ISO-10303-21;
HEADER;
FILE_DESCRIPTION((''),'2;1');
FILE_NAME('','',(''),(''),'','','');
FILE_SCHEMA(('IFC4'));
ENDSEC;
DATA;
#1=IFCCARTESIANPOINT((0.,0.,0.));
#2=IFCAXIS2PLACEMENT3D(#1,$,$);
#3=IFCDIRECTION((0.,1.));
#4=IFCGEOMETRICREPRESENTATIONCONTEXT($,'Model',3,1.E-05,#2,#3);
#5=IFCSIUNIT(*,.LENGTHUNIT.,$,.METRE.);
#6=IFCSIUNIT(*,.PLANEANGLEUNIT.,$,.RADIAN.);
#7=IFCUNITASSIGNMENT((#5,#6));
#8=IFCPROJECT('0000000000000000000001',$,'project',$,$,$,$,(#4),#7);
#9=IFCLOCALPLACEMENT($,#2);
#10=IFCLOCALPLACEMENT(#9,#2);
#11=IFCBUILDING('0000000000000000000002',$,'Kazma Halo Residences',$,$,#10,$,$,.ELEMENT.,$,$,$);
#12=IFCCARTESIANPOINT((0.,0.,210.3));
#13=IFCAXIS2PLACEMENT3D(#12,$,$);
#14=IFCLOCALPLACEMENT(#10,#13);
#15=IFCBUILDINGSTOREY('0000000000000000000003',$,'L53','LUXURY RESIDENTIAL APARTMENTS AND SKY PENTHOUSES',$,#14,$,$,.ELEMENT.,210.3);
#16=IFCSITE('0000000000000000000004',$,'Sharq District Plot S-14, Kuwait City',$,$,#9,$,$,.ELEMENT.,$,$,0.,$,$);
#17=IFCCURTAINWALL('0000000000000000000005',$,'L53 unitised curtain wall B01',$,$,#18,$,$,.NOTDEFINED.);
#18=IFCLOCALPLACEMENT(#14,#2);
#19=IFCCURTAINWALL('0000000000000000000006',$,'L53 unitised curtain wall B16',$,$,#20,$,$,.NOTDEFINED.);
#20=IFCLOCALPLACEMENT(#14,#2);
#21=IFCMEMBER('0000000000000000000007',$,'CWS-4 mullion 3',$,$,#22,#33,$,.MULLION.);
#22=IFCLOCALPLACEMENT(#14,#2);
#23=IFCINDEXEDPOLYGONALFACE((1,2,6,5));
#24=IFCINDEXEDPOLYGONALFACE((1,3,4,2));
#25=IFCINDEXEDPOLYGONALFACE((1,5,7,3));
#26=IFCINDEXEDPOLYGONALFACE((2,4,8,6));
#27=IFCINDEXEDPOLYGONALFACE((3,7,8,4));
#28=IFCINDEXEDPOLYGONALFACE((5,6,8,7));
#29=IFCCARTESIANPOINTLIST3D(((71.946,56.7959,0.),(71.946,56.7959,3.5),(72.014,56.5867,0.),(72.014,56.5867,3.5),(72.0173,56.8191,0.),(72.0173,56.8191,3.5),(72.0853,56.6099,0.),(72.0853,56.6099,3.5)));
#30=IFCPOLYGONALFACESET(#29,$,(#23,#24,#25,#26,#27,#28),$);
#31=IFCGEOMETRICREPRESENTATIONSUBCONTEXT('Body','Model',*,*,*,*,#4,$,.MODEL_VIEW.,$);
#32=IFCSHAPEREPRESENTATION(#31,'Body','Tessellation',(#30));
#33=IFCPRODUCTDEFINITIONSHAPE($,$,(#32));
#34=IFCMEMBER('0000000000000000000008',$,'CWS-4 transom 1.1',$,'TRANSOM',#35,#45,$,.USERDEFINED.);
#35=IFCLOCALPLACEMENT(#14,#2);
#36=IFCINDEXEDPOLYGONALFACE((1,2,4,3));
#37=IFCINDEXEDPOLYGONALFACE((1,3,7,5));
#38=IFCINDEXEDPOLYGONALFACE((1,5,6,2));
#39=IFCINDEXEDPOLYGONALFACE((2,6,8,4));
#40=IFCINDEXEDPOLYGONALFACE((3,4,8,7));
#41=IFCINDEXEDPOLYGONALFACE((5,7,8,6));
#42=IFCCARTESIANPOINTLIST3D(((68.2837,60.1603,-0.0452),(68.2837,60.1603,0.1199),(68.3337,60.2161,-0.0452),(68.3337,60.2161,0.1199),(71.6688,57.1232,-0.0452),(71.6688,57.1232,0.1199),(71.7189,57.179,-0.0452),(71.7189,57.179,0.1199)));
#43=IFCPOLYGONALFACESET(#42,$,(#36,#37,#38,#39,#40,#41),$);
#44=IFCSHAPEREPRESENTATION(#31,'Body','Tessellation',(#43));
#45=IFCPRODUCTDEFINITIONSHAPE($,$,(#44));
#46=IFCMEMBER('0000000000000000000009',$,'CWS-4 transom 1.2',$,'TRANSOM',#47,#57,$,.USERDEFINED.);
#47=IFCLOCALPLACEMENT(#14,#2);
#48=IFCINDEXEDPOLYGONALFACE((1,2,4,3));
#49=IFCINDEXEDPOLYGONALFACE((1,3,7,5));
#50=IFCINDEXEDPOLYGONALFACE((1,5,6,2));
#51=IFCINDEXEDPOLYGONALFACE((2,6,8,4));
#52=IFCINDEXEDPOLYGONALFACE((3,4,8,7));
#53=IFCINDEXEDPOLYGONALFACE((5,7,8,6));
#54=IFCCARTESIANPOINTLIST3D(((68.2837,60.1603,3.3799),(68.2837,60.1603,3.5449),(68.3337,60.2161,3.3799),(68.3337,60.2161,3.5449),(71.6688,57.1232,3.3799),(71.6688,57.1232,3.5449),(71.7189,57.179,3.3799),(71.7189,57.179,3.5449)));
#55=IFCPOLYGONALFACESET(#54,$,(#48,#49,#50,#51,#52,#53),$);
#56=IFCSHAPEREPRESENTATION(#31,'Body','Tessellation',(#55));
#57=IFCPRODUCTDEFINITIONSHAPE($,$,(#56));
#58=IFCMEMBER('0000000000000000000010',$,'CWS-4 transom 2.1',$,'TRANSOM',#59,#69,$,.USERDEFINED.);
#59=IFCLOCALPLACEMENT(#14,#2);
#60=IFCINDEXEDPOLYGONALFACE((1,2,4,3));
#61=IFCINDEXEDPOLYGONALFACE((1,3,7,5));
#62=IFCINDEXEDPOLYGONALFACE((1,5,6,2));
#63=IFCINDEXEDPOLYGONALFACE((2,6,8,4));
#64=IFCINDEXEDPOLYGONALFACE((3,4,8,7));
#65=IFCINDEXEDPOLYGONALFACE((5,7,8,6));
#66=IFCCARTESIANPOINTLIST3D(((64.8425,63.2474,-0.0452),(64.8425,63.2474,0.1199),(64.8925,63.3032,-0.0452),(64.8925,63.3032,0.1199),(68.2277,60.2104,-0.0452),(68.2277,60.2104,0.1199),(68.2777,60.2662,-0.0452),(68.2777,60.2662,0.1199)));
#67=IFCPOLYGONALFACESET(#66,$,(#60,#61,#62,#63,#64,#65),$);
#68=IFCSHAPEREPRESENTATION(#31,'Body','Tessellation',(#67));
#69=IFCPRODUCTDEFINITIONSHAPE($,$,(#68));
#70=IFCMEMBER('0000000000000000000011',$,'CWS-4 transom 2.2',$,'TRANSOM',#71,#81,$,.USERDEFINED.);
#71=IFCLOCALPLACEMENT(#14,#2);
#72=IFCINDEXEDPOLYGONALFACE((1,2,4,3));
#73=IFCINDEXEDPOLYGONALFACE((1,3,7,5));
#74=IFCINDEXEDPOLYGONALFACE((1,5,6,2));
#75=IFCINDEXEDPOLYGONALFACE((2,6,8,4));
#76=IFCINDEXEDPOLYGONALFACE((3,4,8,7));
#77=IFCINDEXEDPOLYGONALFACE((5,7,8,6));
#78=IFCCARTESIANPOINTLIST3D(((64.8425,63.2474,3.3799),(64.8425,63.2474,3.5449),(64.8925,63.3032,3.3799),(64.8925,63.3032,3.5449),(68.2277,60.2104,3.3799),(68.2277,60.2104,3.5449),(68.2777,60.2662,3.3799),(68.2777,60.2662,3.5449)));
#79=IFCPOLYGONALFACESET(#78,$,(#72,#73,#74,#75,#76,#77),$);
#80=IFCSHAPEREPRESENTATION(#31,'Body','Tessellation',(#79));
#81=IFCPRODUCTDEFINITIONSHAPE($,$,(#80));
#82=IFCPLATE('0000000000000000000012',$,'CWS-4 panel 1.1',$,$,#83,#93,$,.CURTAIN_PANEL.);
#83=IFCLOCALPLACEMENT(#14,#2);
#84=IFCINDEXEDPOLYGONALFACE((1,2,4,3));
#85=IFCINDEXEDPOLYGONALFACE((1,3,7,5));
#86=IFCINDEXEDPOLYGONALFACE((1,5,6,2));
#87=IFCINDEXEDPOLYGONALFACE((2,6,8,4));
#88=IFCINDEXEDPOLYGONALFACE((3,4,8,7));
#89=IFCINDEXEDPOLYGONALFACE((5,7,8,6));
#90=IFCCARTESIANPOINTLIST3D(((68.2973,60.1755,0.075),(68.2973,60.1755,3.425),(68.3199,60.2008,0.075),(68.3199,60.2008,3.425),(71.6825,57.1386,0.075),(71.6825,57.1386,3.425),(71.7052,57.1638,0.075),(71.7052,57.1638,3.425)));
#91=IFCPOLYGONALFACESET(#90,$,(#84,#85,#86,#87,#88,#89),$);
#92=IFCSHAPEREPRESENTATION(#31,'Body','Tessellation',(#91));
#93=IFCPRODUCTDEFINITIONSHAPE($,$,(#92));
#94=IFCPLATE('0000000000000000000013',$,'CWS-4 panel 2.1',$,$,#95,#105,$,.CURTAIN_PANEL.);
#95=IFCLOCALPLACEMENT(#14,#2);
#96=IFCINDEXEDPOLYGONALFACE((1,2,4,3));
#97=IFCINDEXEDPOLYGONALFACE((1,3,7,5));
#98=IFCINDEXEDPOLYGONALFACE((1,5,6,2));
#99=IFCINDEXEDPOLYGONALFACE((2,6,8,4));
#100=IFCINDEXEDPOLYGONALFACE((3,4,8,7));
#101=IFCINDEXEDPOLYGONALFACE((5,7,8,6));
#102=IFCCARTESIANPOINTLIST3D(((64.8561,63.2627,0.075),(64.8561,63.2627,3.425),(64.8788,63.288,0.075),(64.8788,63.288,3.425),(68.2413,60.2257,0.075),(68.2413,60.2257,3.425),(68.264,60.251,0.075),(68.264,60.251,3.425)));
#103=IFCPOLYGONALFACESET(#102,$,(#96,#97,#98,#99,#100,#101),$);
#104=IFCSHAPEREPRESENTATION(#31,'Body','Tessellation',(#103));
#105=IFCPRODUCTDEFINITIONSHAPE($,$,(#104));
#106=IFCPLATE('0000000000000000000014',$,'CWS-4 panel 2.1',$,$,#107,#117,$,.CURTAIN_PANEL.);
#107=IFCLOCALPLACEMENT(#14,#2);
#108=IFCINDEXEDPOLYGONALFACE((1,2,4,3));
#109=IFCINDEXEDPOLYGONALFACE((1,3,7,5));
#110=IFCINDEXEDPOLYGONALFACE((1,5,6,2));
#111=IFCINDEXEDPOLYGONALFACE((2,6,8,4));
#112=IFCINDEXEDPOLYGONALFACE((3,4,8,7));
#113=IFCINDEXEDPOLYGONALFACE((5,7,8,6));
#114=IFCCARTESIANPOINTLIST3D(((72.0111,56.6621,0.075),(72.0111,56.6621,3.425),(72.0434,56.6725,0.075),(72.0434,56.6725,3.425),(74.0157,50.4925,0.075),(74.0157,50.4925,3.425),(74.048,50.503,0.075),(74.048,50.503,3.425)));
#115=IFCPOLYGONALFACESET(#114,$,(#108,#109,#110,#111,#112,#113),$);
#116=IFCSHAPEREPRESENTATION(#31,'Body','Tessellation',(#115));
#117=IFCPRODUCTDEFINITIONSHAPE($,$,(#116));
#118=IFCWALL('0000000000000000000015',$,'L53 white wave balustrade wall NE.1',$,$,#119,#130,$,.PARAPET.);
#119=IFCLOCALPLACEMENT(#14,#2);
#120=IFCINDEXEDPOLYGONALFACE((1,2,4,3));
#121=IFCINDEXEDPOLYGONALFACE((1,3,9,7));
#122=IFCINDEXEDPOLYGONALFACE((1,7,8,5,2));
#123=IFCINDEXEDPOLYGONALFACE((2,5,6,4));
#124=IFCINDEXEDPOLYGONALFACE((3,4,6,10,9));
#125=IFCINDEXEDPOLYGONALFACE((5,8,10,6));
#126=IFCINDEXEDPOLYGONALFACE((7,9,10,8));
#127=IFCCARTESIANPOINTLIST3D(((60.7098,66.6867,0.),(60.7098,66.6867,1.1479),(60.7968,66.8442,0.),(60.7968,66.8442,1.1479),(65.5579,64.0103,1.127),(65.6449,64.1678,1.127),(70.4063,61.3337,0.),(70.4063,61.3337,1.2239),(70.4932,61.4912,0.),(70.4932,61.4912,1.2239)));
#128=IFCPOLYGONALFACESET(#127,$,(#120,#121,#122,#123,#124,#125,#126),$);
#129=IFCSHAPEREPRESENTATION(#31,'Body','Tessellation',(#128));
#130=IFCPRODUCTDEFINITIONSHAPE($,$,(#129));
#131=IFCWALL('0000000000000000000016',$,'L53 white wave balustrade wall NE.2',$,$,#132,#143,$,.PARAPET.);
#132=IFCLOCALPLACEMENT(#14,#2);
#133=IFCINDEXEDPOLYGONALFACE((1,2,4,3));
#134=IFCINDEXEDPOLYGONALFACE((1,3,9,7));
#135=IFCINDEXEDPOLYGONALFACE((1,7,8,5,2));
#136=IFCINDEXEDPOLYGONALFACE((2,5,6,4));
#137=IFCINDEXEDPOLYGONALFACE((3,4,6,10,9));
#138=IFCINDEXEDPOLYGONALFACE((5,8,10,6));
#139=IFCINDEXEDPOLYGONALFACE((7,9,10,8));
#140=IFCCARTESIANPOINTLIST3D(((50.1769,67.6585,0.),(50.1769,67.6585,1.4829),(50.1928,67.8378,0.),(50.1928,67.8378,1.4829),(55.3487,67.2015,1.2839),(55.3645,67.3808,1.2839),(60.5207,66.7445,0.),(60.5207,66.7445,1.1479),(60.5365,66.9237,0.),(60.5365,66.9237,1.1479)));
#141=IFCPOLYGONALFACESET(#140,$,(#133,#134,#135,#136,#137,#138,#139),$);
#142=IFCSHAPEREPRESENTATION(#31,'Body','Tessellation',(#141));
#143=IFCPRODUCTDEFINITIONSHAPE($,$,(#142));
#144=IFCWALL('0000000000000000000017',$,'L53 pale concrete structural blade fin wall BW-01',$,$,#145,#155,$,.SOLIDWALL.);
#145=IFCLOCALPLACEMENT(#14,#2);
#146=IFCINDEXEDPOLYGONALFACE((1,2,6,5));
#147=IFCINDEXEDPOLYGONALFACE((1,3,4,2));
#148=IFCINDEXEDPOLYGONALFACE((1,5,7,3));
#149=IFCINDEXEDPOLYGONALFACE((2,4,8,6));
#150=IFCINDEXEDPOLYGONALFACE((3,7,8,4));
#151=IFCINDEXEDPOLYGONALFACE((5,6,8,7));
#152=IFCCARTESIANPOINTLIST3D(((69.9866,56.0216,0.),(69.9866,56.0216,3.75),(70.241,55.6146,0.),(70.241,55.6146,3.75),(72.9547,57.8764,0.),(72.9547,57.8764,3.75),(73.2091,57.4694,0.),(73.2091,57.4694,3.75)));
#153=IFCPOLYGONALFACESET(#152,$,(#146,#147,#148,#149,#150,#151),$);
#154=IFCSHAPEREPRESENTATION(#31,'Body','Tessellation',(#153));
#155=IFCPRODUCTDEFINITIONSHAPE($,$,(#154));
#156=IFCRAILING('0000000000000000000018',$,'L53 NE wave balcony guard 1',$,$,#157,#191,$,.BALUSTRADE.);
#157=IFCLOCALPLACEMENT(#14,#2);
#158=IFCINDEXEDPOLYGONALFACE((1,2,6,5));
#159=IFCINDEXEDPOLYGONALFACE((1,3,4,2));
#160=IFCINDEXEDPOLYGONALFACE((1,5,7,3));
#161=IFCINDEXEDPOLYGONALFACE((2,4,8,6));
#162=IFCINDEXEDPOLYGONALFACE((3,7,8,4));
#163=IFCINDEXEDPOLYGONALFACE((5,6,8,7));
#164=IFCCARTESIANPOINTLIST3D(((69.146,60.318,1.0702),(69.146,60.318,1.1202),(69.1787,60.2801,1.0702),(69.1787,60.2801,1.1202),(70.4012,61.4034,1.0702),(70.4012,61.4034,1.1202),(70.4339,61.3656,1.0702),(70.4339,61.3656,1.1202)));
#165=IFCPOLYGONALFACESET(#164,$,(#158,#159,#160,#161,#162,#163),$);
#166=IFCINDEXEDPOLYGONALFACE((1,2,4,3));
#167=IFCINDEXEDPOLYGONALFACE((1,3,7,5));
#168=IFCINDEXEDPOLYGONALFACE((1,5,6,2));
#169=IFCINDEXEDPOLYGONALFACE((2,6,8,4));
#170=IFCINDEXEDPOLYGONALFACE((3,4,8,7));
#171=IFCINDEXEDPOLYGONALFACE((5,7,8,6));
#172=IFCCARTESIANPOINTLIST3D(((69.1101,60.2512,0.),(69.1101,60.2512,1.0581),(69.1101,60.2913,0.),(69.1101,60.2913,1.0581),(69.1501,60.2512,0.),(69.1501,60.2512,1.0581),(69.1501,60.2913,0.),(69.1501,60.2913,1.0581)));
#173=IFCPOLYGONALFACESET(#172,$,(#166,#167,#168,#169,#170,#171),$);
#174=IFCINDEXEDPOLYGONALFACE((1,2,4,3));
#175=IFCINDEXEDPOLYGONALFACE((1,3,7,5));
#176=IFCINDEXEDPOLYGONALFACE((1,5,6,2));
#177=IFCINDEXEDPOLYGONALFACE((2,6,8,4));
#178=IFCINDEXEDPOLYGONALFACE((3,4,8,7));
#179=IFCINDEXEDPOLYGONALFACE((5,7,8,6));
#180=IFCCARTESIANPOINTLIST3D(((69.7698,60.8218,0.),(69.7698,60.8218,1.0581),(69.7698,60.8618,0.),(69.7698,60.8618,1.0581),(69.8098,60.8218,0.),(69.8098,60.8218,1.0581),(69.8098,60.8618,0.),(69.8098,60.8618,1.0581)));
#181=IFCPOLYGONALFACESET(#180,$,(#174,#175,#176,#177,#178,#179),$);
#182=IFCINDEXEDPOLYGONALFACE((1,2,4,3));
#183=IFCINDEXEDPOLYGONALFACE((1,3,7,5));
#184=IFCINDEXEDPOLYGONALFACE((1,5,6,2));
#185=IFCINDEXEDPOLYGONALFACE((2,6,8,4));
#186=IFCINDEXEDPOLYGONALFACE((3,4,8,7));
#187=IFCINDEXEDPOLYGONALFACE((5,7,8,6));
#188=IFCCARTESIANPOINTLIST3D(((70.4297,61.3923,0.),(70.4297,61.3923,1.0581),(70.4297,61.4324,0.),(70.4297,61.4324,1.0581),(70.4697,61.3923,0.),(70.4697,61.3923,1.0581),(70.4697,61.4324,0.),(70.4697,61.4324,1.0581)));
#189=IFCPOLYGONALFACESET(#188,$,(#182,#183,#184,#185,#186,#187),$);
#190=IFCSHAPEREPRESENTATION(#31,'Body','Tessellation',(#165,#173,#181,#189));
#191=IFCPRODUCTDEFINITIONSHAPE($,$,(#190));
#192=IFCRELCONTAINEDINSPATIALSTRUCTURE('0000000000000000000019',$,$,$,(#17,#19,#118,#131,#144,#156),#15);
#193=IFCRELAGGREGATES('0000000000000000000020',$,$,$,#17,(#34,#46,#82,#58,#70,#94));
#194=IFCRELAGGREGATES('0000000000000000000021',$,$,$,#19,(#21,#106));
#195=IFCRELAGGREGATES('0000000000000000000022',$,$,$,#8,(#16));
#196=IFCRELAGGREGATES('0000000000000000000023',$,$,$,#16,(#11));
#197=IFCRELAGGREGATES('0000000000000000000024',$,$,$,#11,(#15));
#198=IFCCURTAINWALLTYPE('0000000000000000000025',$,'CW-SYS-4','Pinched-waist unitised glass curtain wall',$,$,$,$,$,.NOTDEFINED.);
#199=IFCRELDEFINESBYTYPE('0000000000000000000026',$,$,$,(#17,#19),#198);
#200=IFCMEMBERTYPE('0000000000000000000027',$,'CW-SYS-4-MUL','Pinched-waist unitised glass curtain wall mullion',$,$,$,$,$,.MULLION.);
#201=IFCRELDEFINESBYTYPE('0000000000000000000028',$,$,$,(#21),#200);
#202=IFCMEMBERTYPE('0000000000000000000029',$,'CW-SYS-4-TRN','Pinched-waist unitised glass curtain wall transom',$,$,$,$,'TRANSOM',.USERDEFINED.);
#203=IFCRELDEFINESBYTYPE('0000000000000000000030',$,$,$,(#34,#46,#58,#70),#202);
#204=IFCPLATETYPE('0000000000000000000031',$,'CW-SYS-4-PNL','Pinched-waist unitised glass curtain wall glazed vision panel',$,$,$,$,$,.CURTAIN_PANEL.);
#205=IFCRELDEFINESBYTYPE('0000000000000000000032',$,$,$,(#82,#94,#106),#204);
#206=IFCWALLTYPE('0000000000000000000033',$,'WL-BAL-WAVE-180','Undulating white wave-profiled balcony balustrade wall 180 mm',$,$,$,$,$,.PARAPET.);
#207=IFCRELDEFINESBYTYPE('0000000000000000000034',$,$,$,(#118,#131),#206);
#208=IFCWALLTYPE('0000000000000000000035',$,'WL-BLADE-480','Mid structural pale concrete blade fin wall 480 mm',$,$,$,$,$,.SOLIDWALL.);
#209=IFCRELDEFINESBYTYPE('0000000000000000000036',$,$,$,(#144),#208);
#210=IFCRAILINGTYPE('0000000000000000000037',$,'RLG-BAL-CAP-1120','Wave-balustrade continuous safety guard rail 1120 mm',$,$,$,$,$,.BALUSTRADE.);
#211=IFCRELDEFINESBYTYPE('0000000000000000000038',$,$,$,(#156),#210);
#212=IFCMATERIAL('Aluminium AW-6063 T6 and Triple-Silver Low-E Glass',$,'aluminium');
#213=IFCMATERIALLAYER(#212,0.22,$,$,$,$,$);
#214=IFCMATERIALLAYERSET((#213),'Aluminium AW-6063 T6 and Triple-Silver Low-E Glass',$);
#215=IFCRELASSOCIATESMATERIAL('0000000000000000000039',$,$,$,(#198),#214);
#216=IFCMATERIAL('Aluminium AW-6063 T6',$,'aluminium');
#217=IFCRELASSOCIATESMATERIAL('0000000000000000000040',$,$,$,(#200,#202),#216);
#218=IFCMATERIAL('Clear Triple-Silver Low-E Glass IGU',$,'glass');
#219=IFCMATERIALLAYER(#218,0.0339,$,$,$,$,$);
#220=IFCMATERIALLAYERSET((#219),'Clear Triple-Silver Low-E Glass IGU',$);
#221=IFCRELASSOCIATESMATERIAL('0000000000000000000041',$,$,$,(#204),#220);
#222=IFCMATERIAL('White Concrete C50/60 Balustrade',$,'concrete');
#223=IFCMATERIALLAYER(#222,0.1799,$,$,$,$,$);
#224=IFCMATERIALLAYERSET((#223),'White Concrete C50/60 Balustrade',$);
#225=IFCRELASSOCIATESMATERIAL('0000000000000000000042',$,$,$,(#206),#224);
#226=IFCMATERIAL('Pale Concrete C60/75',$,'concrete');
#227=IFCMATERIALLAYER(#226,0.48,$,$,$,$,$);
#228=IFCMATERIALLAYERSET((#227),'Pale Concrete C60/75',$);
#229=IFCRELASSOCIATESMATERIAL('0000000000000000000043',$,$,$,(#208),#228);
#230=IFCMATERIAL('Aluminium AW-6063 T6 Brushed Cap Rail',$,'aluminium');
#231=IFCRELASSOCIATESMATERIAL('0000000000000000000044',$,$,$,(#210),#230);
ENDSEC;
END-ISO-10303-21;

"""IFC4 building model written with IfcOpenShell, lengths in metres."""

from ifc_helpers import new_model, si_unit, direction, frame, frame_2d, origin, origin_2d, place, context, subcontext, project, spatial, polyline, rectangle, outline, extrude, material, layer, layer_set, material_profile, profile_set, type_object, element, aggregate, save


model = new_model("IFC4")

# Units and contexts
model_context = context("Model", 3, precision=1e-05, world=origin(), true_north=direction((0.0, 1.0)))
body_context = subcontext(model_context, "Body", "Model", "MODEL_VIEW")
ifc_project = project(units=[si_unit("LENGTHUNIT", "METRE"), si_unit("PLANEANGLEUNIT", "RADIAN")], contexts=[model_context])

# Site, building, storey
site_placement = place(None, origin())
site = spatial("IfcSite", under=ifc_project, at=site_placement, Name="Sharq District Plot S-14, Kuwait City", CompositionType="ELEMENT", RefElevation=0.0)
building_placement = place(site_placement, origin())
building = spatial("IfcBuilding", under=site, at=building_placement, Name="Kazma Halo Residences", CompositionType="ELEMENT")
storey_placement = place(building_placement, frame((0.0, 0.0, 210.3)))
storey = spatial("IfcBuildingStorey", under=building, at=storey_placement, Name="L53", Description="LUXURY RESIDENTIAL APARTMENTS AND SKY PENTHOUSES", CompositionType="ELEMENT", Elevation=210.3)

# Curtain wall
ifc_material_1 = material(Name="Aluminium AW-6063 T6 and Triple-Silver Low-E Glass", Category="aluminium")
ifc_layer_1 = layer(ifc_material_1, 0.22)
ifc_layer_set_1 = layer_set([ifc_layer_1], Name="Aluminium AW-6063 T6 and Triple-Silver Low-E Glass")
curtain_wall_type = type_object("IfcCurtainWallType", Name="CW-SYS-4", Description="Pinched-waist unitised glass curtain wall", PredefinedType="NOTDEFINED", material=ifc_layer_set_1)
curtain_wall_1_placement = place(storey_placement, origin())
curtain_wall_1 = element("IfcCurtainWall", 1, at=curtain_wall_1_placement, inside=storey, type_object=curtain_wall_type, Name="L53 unitised curtain wall B01", PredefinedType="NOTDEFINED")
ifc_material_2 = material(Name="Aluminium AW-6063 T6", Category="aluminium")
ifc_material_profile_1 = material_profile(ifc_material_2, rectangle(XDim=0.075, YDim=0.22, at=origin_2d()), Name="CWM-75x220")
ifc_profile_set_1 = profile_set([ifc_material_profile_1], Name="Aluminium AW-6063 T6")
member_type_1 = type_object("IfcMemberType", Name="CW-SYS-4-MUL", Description="Pinched-waist unitised glass curtain wall mullion", PredefinedType="MULLION", material=ifc_profile_set_1)

# Curtain wall, member
curtain_wall_2_placement = place(storey_placement, origin())
curtain_wall_2 = element("IfcCurtainWall", 2, at=curtain_wall_2_placement, inside=storey, type_object=curtain_wall_type, Name="L53 unitised curtain wall B16", PredefinedType="NOTDEFINED")
member_1_placement = place(storey_placement, frame((72.0156, 56.7029, 0.0), z_axis=(0.0, 0.0, 1.0), x_axis=(-0.951057, -0.309016, 0.0)))
member_1 = element("IfcMember", 3, at=member_1_placement, type_object=member_type_1, Name="CWS-4 mullion 3", PredefinedType="MULLION", context=body_context, shape_type="SweptSolid", body=[
    extrude(rectangle(XDim=0.075, YDim=0.22, at=origin_2d()), origin(), (0.0, 0.0, 1.0), 3.5),
])

# Members
ifc_material_profile_2 = material_profile(ifc_material_2, rectangle(XDim=0.075, YDim=0.165, at=origin_2d()), Name="CWT-75x165")
ifc_profile_set_2 = profile_set([ifc_material_profile_2], Name="Aluminium AW-6063 T6")
member_type_2 = type_object("IfcMemberType", Name="CW-SYS-4-TRN", Description="Pinched-waist unitised glass curtain wall transom", ElementType="TRANSOM", PredefinedType="USERDEFINED", material=ifc_profile_set_2)
member_2_placement = place(storey_placement, frame((71.6938, 57.1511, 0.0374), z_axis=(-0.744345, 0.667795, 0.0), x_axis=(-0.667795, -0.744345, 0.0)))
member_2 = element("IfcMember", 4, at=member_2_placement, type_object=member_type_2, Name="CWS-4 transom 1.1", ObjectType="TRANSOM", PredefinedType="USERDEFINED", context=body_context, shape_type="SweptSolid", body=[
    extrude(rectangle(XDim=0.075, YDim=0.165, at=origin_2d()), origin(), (0.0, 0.0, 1.0), 4.5479),
])
member_3_placement = place(storey_placement, frame((71.6938, 57.1511, 3.4624), z_axis=(-0.744345, 0.667795, 0.0), x_axis=(-0.667795, -0.744345, 0.0)))
member_3 = element("IfcMember", 5, at=member_3_placement, type_object=member_type_2, Name="CWS-4 transom 1.2", ObjectType="TRANSOM", PredefinedType="USERDEFINED", context=body_context, shape_type="SweptSolid", body=[
    extrude(rectangle(XDim=0.075, YDim=0.165, at=origin_2d()), origin(), (0.0, 0.0, 1.0), 4.5479),
])
member_4_placement = place(storey_placement, frame((68.2527, 60.2383, 0.0374), z_axis=(-0.744345, 0.667795, 0.0), x_axis=(-0.667795, -0.744345, 0.0)))
member_4 = element("IfcMember", 6, at=member_4_placement, type_object=member_type_2, Name="CWS-4 transom 2.1", ObjectType="TRANSOM", PredefinedType="USERDEFINED", context=body_context, shape_type="SweptSolid", body=[
    extrude(rectangle(XDim=0.075, YDim=0.165, at=origin_2d()), origin(), (0.0, 0.0, 1.0), 4.5479),
])
member_5_placement = place(storey_placement, frame((68.2527, 60.2383, 3.4624), z_axis=(-0.744345, 0.667795, 0.0), x_axis=(-0.667795, -0.744345, 0.0)))
member_5 = element("IfcMember", 7, at=member_5_placement, type_object=member_type_2, Name="CWS-4 transom 2.2", ObjectType="TRANSOM", PredefinedType="USERDEFINED", context=body_context, shape_type="SweptSolid", body=[
    extrude(rectangle(XDim=0.075, YDim=0.165, at=origin_2d()), origin(), (0.0, 0.0, 1.0), 4.5479),
])

# Plates
ifc_material_3 = material(Name="Clear Triple-Silver Low-E Glass IGU", Category="glass")
ifc_layer_2 = layer(ifc_material_3, 0.0339)
ifc_layer_set_2 = layer_set([ifc_layer_2], Name="Clear Triple-Silver Low-E Glass IGU")
plate_type = type_object("IfcPlateType", Name="CW-SYS-4-PNL", Description="Pinched-waist unitised glass curtain wall glazed vision panel", PredefinedType="CURTAIN_PANEL", material=ifc_layer_set_2)
plate_1_placement = place(storey_placement, frame((70.0012, 58.6697, 0.075), z_axis=(0.0, 0.0, 1.0), x_axis=(-0.744355, 0.667784, 0.0)))
plate_1 = element("IfcPlate", 8, at=plate_1_placement, type_object=plate_type, Name="CWS-4 panel 1.1", PredefinedType="CURTAIN_PANEL", context=body_context, shape_type="SweptSolid", body=[
    extrude(rectangle(XDim=4.5479, YDim=0.0339, at=origin_2d()), origin(), (0.0, 0.0, 1.0), 3.3501),
])
plate_2_placement = place(storey_placement, frame((66.5601, 61.7568, 0.075), z_axis=(0.0, 0.0, 1.0), x_axis=(-0.744355, 0.667784, 0.0)))
plate_2 = element("IfcPlate", 9, at=plate_2_placement, type_object=plate_type, Name="CWS-4 panel 2.1", PredefinedType="CURTAIN_PANEL", context=body_context, shape_type="SweptSolid", body=[
    extrude(rectangle(XDim=4.5479, YDim=0.0339, at=origin_2d()), origin(), (0.0, 0.0, 1.0), 3.3501),
])
aggregate(curtain_wall_1, [member_2, member_3, plate_1, member_4, member_5, plate_2])
plate_3_placement = place(storey_placement, frame((73.0295, 53.5825, 0.075), z_axis=(0.0, 0.0, 1.0), x_axis=(-0.309016, 0.951057, 0.0)))
plate_3 = element("IfcPlate", 10, at=plate_3_placement, type_object=plate_type, Name="CWS-4 panel 2.1", PredefinedType="CURTAIN_PANEL", context=body_context, shape_type="SweptSolid", body=[
    extrude(rectangle(XDim=6.4871, YDim=0.0339, at=origin_2d()), origin(), (0.0, 0.0, 1.0), 3.3501),
])
aggregate(curtain_wall_2, [member_1, plate_3])

# Walls
ifc_material_4 = material(Name="White Concrete C50/60 Balustrade", Category="concrete")
ifc_layer_3 = layer(ifc_material_4, 0.1799)
ifc_layer_set_3 = layer_set([ifc_layer_3], Name="White Concrete C50/60 Balustrade")
wall_type_1 = type_object("IfcWallType", Name="WL-BAL-WAVE-180", Description="Undulating white wave-profiled balcony balustrade wall 180 mm", PredefinedType="PARAPET", material=ifc_layer_set_3)
wall_1_placement = place(storey_placement, frame((70.4497, 61.4124, 0.0), z_axis=(0.0, 0.0, 1.0), x_axis=(-0.875455, 0.4833, 0.0)))
element("IfcWall", 11, at=wall_1_placement, inside=storey, type_object=wall_type_1, Name="L53 white wave balustrade wall NE.1", PredefinedType="PARAPET", context=body_context, shape_type="SweptSolid", body=[
    extrude(outline(polyline([(0.0, 0.0), (11.0759, 0.0), (11.0759, 1.1479), (5.5381, 1.127), (0.0, 1.2239), (0.0, 0.0)])), frame((0.0, 0.0898, 0.0), z_axis=(0.0, -1.0, 0.0), x_axis=(1.0, 0.0, 0.0)), (0.0, 0.0, 1.0), 0.1799),
])
wall_2_placement = place(storey_placement, frame((60.5286, 66.834, 0.0), z_axis=(0.0, 0.0, 1.0), x_axis=(-0.996118, 0.088026, 0.0)))
element("IfcWall", 12, at=wall_2_placement, inside=storey, type_object=wall_type_1, Name="L53 white wave balustrade wall NE.2", PredefinedType="PARAPET", context=body_context, shape_type="SweptSolid", body=[
    extrude(outline(polyline([(0.0, 0.0), (10.384, 0.0), (10.384, 1.4829), (5.1921, 1.2839), (0.0, 1.1479), (0.0, 0.0)])), frame((0.0, 0.0898, 0.0), z_axis=(0.0, -1.0, 0.0), x_axis=(1.0, 0.0, 0.0)), (0.0, 0.0, 1.0), 0.1799),
])
ifc_material_5 = material(Name="Pale Concrete C60/75", Category="concrete")
ifc_layer_4 = layer(ifc_material_5, 0.48)
ifc_layer_set_4 = layer_set([ifc_layer_4], Name="Pale Concrete C60/75")
wall_type_2 = type_object("IfcWallType", Name="WL-BLADE-480", Description="Mid structural pale concrete blade fin wall 480 mm", PredefinedType="SOLIDWALL", material=ifc_layer_set_4)
wall_3_placement = place(storey_placement, frame((70.1138, 55.8181, 0.0), z_axis=(0.0, 0.0, 1.0), x_axis=(0.848034, 0.529943, 0.0)))
element("IfcWall", 13, at=wall_3_placement, inside=storey, type_object=wall_type_2, Name="L53 pale concrete structural blade fin wall BW-01", PredefinedType="SOLIDWALL", context=body_context, shape_type="SweptSolid", body=[
    extrude(rectangle(XDim=3.5, YDim=0.48, at=frame_2d((1.75, 0.0))), origin(), (0.0, 0.0, 1.0), 3.75),
])

# Railing
ifc_material_6 = material(Name="Aluminium AW-6063 T6 Brushed Cap Rail", Category="aluminium")
railing_type = type_object("IfcRailingType", Name="RLG-BAL-CAP-1120", Description="Wave-balustrade continuous safety guard rail 1120 mm", PredefinedType="BALUSTRADE", material=ifc_material_6)
railing_1_placement = place(storey_placement, frame((69.1301, 60.2712, 0.0)))
element("IfcRailing", 14, at=railing_1_placement, inside=storey, type_object=railing_type, Name="L53 NE wave balcony guard 1", PredefinedType="BALUSTRADE", context=body_context, shape_type="SweptSolid", body=[
    extrude(rectangle(XDim=0.05, YDim=0.05, at=origin_2d()), frame((0.0322, 0.0278, 1.0952), z_axis=(0.756404, 0.654104, 0.0), x_axis=(-0.654104, 0.756404, 0.0)), (0.0, 0.0, 1.0), 1.6594),
    extrude(rectangle(XDim=0.04, YDim=0.04, at=origin_2d()), origin(), (0.0, 0.0, 1.0), 1.0581),
    extrude(rectangle(XDim=0.04, YDim=0.04, at=origin_2d()), frame((0.6597, 0.5706, 0.0)), (0.0, 0.0, 1.0), 1.0581),
    extrude(rectangle(XDim=0.04, YDim=0.04, at=origin_2d()), frame((1.3196, 1.1411, 0.0)), (0.0, 0.0, 1.0), 1.0581),
])

save(model, "model.ifc")
